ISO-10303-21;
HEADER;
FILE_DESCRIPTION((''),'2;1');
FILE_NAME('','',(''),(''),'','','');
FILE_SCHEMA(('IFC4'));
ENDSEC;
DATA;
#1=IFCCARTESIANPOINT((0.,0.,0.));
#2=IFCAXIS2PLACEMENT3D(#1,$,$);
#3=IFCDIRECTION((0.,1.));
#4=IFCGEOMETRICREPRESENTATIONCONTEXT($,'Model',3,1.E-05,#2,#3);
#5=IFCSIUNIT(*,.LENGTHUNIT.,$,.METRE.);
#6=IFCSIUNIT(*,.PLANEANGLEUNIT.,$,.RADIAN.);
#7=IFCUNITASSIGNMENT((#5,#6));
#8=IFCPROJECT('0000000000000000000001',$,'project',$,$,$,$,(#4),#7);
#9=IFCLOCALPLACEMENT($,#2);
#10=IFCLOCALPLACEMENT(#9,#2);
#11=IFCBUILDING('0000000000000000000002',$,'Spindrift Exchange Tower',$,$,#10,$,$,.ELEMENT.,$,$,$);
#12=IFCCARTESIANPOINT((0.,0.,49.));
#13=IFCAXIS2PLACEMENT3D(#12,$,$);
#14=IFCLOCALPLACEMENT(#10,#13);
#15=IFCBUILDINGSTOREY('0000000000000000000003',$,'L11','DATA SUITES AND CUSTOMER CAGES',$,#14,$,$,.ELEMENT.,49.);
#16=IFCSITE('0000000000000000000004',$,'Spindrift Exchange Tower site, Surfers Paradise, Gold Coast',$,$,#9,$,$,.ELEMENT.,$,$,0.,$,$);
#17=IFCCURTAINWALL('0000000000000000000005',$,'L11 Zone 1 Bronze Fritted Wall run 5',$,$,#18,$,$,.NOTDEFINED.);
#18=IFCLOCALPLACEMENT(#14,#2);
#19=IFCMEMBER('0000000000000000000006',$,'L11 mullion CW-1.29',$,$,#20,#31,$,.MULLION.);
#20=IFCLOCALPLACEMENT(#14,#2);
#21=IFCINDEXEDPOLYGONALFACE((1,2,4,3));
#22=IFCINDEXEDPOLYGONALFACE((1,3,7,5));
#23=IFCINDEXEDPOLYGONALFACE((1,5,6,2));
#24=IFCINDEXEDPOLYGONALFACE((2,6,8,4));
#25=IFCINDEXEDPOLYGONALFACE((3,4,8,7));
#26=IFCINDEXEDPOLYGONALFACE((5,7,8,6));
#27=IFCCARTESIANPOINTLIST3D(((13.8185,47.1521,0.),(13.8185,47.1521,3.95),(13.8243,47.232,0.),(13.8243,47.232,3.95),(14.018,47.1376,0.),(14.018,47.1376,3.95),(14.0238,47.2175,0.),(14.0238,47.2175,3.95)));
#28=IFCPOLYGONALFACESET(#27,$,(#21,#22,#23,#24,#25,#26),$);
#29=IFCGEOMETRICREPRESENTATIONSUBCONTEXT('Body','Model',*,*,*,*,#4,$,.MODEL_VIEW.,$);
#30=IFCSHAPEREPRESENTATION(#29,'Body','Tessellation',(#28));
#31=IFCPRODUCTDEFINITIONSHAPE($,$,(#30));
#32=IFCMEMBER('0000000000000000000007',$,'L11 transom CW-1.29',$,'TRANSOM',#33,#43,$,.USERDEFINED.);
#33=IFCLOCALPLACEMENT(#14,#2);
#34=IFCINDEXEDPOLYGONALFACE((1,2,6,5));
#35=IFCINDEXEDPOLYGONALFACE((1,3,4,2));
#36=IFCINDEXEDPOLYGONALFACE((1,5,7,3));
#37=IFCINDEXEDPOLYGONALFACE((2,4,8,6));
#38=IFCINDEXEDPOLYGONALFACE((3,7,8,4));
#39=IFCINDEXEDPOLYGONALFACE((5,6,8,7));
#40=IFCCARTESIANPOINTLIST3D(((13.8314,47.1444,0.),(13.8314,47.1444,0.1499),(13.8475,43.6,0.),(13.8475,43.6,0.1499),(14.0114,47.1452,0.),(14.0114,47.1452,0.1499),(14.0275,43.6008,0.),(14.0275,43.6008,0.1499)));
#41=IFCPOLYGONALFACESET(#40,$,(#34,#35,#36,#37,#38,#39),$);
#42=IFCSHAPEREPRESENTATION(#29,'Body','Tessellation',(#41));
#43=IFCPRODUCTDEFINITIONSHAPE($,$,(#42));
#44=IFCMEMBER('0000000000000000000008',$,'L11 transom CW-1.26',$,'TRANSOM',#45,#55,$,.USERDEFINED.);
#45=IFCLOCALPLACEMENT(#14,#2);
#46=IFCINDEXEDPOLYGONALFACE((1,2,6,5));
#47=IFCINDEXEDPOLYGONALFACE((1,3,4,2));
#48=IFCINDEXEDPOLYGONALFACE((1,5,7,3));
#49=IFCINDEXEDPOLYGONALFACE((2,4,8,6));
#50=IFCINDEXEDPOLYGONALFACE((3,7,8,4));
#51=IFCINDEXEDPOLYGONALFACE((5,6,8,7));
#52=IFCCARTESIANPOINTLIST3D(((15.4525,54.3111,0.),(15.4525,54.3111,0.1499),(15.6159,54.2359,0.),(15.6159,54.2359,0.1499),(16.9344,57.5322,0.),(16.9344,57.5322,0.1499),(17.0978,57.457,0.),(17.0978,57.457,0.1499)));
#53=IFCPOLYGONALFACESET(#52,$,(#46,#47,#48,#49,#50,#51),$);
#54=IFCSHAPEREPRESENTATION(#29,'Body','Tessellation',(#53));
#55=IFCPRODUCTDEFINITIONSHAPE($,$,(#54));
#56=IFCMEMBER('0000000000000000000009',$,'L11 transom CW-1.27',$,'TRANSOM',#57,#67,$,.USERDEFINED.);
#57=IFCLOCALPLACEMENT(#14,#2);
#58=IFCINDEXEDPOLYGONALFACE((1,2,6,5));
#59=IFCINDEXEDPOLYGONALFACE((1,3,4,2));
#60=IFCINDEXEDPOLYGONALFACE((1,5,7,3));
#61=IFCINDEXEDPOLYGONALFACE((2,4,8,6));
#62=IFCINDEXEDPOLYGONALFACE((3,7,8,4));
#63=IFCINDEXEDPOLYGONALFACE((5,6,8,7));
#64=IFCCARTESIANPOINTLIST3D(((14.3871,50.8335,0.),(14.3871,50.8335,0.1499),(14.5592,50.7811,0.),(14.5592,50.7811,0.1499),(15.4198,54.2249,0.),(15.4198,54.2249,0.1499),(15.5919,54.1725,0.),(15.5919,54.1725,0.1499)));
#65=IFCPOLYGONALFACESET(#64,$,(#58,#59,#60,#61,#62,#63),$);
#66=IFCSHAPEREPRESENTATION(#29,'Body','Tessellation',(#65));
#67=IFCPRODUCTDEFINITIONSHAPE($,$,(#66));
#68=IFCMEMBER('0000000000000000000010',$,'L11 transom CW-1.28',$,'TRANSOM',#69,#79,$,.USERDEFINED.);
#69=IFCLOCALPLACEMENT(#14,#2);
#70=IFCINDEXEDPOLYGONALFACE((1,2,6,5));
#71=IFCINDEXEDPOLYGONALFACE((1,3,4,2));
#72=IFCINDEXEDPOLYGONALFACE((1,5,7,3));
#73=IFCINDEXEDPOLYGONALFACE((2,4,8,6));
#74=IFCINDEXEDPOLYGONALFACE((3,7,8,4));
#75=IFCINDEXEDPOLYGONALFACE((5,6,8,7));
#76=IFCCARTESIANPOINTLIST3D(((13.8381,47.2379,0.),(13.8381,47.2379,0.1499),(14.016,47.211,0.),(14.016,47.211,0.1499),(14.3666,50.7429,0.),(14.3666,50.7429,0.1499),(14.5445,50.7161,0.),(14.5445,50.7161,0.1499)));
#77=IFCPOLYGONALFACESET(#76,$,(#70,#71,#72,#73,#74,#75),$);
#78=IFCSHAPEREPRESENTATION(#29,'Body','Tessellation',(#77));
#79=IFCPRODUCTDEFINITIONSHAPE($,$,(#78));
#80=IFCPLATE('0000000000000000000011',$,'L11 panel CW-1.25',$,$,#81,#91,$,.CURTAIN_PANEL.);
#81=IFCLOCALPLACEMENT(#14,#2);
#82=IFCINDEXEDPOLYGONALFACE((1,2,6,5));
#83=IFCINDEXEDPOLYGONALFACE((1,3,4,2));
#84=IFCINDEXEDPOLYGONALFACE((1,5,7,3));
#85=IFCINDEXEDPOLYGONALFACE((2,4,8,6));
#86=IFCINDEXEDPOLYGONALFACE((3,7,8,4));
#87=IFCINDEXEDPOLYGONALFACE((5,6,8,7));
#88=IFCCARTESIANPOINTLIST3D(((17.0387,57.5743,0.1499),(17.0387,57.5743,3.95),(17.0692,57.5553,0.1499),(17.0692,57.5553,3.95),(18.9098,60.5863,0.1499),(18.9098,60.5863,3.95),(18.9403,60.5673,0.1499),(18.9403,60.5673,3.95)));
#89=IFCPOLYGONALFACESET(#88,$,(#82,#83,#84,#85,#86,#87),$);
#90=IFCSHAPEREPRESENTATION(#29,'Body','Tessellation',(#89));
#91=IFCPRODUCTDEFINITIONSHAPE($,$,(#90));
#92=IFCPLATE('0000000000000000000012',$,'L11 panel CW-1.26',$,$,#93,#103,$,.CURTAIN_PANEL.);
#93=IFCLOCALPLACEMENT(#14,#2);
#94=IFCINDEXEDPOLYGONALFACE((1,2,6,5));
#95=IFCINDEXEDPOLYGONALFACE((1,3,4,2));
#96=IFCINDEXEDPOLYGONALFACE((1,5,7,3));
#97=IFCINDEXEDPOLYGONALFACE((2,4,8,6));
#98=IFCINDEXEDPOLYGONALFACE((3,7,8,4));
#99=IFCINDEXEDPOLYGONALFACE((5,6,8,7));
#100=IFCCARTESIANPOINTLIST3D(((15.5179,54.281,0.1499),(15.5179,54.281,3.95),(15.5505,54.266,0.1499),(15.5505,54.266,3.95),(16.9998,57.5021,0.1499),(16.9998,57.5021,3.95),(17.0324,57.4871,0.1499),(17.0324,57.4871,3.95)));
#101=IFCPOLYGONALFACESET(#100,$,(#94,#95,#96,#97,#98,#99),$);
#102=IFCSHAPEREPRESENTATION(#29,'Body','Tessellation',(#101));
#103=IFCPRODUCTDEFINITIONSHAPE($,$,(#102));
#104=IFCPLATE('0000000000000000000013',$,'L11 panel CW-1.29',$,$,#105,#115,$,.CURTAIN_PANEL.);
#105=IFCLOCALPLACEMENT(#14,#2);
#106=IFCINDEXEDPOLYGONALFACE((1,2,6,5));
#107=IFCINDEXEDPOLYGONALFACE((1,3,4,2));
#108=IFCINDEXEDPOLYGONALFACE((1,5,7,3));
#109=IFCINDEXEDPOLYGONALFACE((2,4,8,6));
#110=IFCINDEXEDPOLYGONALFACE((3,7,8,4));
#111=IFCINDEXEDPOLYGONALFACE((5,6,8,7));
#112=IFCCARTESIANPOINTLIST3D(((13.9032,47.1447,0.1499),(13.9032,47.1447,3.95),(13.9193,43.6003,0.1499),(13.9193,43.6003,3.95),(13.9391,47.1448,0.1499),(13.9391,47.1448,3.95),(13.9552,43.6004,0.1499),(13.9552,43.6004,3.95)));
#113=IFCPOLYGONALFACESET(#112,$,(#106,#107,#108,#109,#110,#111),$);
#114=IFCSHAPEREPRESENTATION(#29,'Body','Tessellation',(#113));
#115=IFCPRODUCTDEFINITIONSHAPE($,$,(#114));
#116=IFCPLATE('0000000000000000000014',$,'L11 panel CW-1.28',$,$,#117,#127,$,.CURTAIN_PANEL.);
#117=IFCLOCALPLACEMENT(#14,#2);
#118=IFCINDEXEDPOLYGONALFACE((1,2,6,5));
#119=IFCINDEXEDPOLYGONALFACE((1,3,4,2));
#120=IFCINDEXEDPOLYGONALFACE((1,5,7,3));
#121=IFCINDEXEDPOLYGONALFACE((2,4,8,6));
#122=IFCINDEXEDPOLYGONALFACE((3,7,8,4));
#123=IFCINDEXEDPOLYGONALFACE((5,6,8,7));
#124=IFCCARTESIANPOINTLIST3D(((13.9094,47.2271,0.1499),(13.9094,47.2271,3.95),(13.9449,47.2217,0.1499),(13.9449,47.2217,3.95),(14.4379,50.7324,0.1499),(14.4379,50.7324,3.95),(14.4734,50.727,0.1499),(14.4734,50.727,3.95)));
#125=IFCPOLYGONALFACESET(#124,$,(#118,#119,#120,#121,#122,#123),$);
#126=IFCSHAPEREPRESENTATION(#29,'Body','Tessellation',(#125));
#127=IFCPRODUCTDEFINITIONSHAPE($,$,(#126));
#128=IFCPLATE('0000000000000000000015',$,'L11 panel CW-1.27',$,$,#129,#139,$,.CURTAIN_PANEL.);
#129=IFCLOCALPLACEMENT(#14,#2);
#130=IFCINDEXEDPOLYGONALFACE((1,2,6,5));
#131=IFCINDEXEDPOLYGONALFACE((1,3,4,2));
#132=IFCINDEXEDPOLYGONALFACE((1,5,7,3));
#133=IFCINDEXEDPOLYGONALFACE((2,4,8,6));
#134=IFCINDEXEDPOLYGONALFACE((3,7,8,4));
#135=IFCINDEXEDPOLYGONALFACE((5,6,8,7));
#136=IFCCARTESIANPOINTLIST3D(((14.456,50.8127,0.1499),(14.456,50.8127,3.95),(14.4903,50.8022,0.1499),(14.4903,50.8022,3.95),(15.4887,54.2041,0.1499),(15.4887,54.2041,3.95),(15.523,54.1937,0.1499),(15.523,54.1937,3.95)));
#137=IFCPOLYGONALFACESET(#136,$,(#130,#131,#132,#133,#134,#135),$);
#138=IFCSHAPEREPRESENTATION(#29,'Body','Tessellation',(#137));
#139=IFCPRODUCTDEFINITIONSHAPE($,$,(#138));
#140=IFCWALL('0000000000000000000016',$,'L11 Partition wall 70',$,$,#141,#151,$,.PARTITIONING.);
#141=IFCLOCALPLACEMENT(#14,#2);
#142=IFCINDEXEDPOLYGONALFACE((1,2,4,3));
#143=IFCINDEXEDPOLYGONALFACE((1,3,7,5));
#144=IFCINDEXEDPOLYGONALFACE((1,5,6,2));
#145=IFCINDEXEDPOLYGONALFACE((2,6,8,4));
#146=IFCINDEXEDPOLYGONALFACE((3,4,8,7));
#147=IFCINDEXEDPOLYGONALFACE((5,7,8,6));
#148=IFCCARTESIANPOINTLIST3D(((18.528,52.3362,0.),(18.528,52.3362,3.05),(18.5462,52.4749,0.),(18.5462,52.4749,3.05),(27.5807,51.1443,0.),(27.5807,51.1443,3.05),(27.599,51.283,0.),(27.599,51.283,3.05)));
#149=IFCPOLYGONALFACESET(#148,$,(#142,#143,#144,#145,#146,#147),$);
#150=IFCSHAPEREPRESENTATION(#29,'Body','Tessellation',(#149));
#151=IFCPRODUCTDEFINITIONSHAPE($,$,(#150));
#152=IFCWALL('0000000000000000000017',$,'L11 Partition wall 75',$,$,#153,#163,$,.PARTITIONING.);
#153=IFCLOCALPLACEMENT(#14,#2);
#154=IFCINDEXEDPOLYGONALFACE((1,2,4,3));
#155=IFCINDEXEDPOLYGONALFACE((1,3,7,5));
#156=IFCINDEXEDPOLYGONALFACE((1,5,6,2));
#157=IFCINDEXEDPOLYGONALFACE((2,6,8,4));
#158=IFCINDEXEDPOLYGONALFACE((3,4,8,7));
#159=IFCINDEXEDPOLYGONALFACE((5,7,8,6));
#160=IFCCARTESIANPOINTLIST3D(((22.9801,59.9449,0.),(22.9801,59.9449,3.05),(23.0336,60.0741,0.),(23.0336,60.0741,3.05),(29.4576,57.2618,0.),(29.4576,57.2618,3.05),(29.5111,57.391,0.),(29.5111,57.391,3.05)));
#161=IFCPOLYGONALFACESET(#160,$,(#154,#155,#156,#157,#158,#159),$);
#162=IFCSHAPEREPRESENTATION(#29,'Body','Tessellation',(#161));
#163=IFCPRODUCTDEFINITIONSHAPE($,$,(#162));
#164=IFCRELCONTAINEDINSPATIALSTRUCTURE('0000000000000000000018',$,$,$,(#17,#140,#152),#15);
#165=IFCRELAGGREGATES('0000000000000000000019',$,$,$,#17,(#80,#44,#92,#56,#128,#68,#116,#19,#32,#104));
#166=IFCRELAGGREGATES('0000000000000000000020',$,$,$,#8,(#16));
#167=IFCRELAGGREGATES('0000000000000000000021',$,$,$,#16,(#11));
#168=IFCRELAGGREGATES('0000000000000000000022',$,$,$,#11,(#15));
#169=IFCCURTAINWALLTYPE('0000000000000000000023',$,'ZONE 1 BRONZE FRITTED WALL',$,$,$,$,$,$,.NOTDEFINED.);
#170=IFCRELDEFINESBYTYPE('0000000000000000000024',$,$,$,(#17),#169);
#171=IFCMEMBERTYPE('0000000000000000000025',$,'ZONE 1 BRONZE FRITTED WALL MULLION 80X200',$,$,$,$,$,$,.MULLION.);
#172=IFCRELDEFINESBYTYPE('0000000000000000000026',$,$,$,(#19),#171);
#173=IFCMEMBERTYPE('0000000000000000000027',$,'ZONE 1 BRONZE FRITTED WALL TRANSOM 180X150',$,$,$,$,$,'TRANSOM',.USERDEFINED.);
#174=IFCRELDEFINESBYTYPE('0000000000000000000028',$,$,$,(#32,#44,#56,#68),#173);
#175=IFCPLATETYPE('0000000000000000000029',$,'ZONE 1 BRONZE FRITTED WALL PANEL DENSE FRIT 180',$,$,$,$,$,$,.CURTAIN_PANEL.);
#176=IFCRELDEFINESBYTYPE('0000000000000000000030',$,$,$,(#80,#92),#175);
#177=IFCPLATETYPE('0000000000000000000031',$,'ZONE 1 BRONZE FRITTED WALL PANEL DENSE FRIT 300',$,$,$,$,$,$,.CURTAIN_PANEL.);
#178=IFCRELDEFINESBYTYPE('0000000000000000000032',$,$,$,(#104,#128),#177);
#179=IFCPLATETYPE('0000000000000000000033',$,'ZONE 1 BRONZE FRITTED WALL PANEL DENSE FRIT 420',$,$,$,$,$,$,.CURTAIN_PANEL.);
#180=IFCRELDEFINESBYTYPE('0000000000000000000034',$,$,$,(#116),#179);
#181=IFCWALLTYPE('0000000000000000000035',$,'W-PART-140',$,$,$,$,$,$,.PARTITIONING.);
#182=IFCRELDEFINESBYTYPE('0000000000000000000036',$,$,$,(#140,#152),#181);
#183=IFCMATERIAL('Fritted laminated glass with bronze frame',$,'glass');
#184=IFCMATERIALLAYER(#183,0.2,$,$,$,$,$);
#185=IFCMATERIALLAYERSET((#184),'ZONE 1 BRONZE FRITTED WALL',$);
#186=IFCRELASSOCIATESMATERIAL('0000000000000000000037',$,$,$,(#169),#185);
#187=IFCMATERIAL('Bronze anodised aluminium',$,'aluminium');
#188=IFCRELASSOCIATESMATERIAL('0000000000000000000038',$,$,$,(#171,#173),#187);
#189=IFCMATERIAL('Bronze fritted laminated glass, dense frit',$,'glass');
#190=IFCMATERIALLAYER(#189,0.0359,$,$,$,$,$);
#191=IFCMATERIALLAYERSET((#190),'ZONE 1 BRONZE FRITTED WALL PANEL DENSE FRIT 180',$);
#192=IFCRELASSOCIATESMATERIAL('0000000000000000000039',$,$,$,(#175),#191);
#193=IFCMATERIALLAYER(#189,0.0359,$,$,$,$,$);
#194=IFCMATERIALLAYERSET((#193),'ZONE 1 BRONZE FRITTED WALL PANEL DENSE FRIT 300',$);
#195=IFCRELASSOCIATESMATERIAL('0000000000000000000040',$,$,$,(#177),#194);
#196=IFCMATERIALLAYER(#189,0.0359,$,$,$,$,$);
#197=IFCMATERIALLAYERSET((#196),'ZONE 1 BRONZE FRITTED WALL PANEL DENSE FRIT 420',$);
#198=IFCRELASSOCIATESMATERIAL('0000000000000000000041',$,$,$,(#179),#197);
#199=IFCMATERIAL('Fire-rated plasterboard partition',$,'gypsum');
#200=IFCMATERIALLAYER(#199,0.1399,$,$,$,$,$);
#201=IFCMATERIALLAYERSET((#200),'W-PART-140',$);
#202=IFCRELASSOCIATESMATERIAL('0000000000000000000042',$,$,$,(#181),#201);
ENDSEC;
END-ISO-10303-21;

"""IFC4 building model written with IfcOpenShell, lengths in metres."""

from ifc_helpers import new_model, si_unit, direction, frame, frame_2d, origin, origin_2d, place, context, subcontext, project, spatial, rectangle, extrude, source, transform, mapped, material, layer, layer_set, material_profile, profile_set, type_object, element, aggregate, save


model = new_model("IFC4")

# Units and contexts
model_context = context("Model", 3, precision=1e-05, world=origin(), true_north=direction((0.0, 1.0)))
body_context = subcontext(model_context, "Body", "Model", "MODEL_VIEW")
ifc_project = project(units=[si_unit("LENGTHUNIT", "METRE"), si_unit("PLANEANGLEUNIT", "RADIAN")], contexts=[model_context])

# Site, building, storey
site_placement = place(None, origin())
site = spatial("IfcSite", under=ifc_project, at=site_placement, Name="Spindrift Exchange Tower site, Surfers Paradise, Gold Coast", CompositionType="ELEMENT", RefElevation=0.0)
building_placement = place(site_placement, origin())
building = spatial("IfcBuilding", under=site, at=building_placement, Name="Spindrift Exchange Tower", CompositionType="ELEMENT")
storey_placement = place(building_placement, frame((0.0, 0.0, 49.0)))
storey = spatial("IfcBuildingStorey", under=building, at=storey_placement, Name="L11", Description="DATA SUITES AND CUSTOMER CAGES", CompositionType="ELEMENT", Elevation=49.0)

# Curtain wall, members, plates
ifc_material_1 = material(Name="Fritted laminated glass with bronze frame", Category="glass")
ifc_layer_1 = layer(ifc_material_1, 0.2)
ifc_layer_set_1 = layer_set([ifc_layer_1], Name="ZONE 1 BRONZE FRITTED WALL")
curtain_wall_type = type_object("IfcCurtainWallType", Name="ZONE 1 BRONZE FRITTED WALL", PredefinedType="NOTDEFINED", material=ifc_layer_set_1)
curtain_wall_placement = place(storey_placement, origin())
curtain_wall = element("IfcCurtainWall", 1, at=curtain_wall_placement, inside=storey, type_object=curtain_wall_type, Name="L11 Zone 1 Bronze Fritted Wall run 5", PredefinedType="NOTDEFINED")
ifc_material_2 = material(Name="Bronze anodised aluminium", Category="aluminium")
ifc_material_profile_1 = material_profile(ifc_material_2, rectangle(XDim=0.0801, YDim=0.2, at=origin_2d()), Name="ZONE 1 BRONZE FRITTED WALL MULLION 80X200")
ifc_profile_set_1 = profile_set([ifc_material_profile_1], Name="Bronze anodised aluminium")
member_type_1 = type_object("IfcMemberType", Name="ZONE 1 BRONZE FRITTED WALL MULLION 80X200", PredefinedType="MULLION", material=ifc_profile_set_1)
shared_shape_1 = source(origin(), body_context, "Body", "SweptSolid", [
    extrude(rectangle(XDim=0.0801, YDim=0.2, at=origin_2d()), origin(), (0.0, 0.0, 1.0), 3.95),
])
member_1_placement = place(storey_placement, frame((13.9211, 47.1848, 0.0), z_axis=(0.0, 0.0, 1.0), x_axis=(-0.072481, -0.99737, 0.0)))
member_1 = element("IfcMember", 2, at=member_1_placement, type_object=member_type_1, Name="L11 mullion CW-1.29", PredefinedType="MULLION", context=body_context, shape_type="MappedRepresentation", body=[
    mapped(shared_shape_1, transform((0.0, 0.0, 0.0), scale=1.0)),
])
ifc_material_profile_2 = material_profile(ifc_material_2, rectangle(XDim=0.1799, YDim=0.1499, at=origin_2d()), Name="ZONE 1 BRONZE FRITTED WALL TRANSOM 180X150")
ifc_profile_set_2 = profile_set([ifc_material_profile_2], Name="Bronze anodised aluminium")
member_type_2 = type_object("IfcMemberType", Name="ZONE 1 BRONZE FRITTED WALL TRANSOM 180X150", ElementType="TRANSOM", PredefinedType="USERDEFINED", material=ifc_profile_set_2)
shared_shape_2 = source(origin(), body_context, "Body", "SweptSolid", [
    extrude(rectangle(XDim=0.1799, YDim=0.1499, at=origin_2d()), origin(), (0.0, 0.0, 1.0), 3.5444),
])
member_2_placement = place(storey_placement, frame((13.9214, 47.1448, 0.075), z_axis=(0.004546, -0.99999, 0.0), x_axis=(0.99999, 0.004546, 0.0)))
member_2 = element("IfcMember", 3, at=member_2_placement, type_object=member_type_2, Name="L11 transom CW-1.29", ObjectType="TRANSOM", PredefinedType="USERDEFINED", context=body_context, shape_type="MappedRepresentation", body=[
    mapped(shared_shape_2, transform((0.0, 0.0, 0.0), scale=1.0)),
])
shared_shape_3 = source(origin(), body_context, "Body", "SweptSolid", [
    extrude(rectangle(XDim=0.1799, YDim=0.1499, at=origin_2d()), origin(), (0.0, 0.0, 1.0), 3.5457),
])
member_3_placement = place(storey_placement, frame((17.0161, 57.4946, 0.075), z_axis=(-0.417949, -0.908471, 0.0), x_axis=(0.908471, -0.417949, 0.0)))
member_3 = element("IfcMember", 4, at=member_3_placement, type_object=member_type_2, Name="L11 transom CW-1.26", ObjectType="TRANSOM", PredefinedType="USERDEFINED", context=body_context, shape_type="MappedRepresentation", body=[
    mapped(shared_shape_3, transform((0.0, 0.0, 0.0), scale=1.0)),
])
shared_shape_4 = source(origin(), body_context, "Body", "SweptSolid", [
    extrude(rectangle(XDim=0.1799, YDim=0.1499, at=origin_2d()), origin(), (0.0, 0.0, 1.0), 3.5452),
])
member_4_placement = place(storey_placement, frame((15.5059, 54.1987, 0.075), z_axis=(-0.291307, -0.95663, 0.0), x_axis=(0.95663, -0.291307, 0.0)))
member_4 = element("IfcMember", 5, at=member_4_placement, type_object=member_type_2, Name="L11 transom CW-1.27", ObjectType="TRANSOM", PredefinedType="USERDEFINED", context=body_context, shape_type="MappedRepresentation", body=[
    mapped(shared_shape_4, transform((0.0, 0.0, 0.0), scale=1.0)),
])
shared_shape_5 = source(origin(), body_context, "Body", "SweptSolid", [
    extrude(rectangle(XDim=0.1799, YDim=0.1499, at=origin_2d()), origin(), (0.0, 0.0, 1.0), 3.5447),
])
member_5_placement = place(storey_placement, frame((14.4556, 50.7295, 0.075), z_axis=(-0.149112, -0.98882, 0.0), x_axis=(0.98882, -0.149112, 0.0)))
member_5 = element("IfcMember", 6, at=member_5_placement, type_object=member_type_2, Name="L11 transom CW-1.28", ObjectType="TRANSOM", PredefinedType="USERDEFINED", context=body_context, shape_type="MappedRepresentation", body=[
    mapped(shared_shape_5, transform((0.0, 0.0, 0.0), scale=1.0)),
])
ifc_material_3 = material(Name="Bronze fritted laminated glass, dense frit", Category="glass")
ifc_layer_2 = layer(ifc_material_3, 0.0359)
ifc_layer_set_2 = layer_set([ifc_layer_2], Name="ZONE 1 BRONZE FRITTED WALL PANEL DENSE FRIT 180")
plate_type_1 = type_object("IfcPlateType", Name="ZONE 1 BRONZE FRITTED WALL PANEL DENSE FRIT 180", PredefinedType="CURTAIN_PANEL", material=ifc_layer_set_2)
shared_shape_6 = source(origin(), body_context, "Body", "SweptSolid", [
    extrude(rectangle(XDim=3.5459, YDim=0.0359, at=origin_2d()), origin(), (0.0, 0.0, 1.0), 3.8),
])
plate_1_placement = place(storey_placement, frame((17.9895, 59.0708, 0.1499), z_axis=(0.0, 0.0, 1.0), x_axis=(-0.527684, -0.849441, 0.0)))
plate_1 = element("IfcPlate", 7, at=plate_1_placement, type_object=plate_type_1, Name="L11 panel CW-1.25", PredefinedType="CURTAIN_PANEL", context=body_context, shape_type="MappedRepresentation", body=[
    mapped(shared_shape_6, transform((0.0, 0.0, 0.0), scale=1.0)),
])
shared_shape_7 = source(origin(), body_context, "Body", "SweptSolid", [
    extrude(rectangle(XDim=3.5457, YDim=0.0359, at=origin_2d()), origin(), (0.0, 0.0, 1.0), 3.8),
])
plate_2_placement = place(storey_placement, frame((16.2751, 55.884, 0.1499), z_axis=(0.0, 0.0, 1.0), x_axis=(-0.41794, -0.908475, 0.0)))
plate_2 = element("IfcPlate", 8, at=plate_2_placement, type_object=plate_type_1, Name="L11 panel CW-1.26", PredefinedType="CURTAIN_PANEL", context=body_context, shape_type="MappedRepresentation", body=[
    mapped(shared_shape_7, transform((0.0, 0.0, 0.0), scale=1.0)),
])
ifc_layer_3 = layer(ifc_material_3, 0.0359)
ifc_layer_set_3 = layer_set([ifc_layer_3], Name="ZONE 1 BRONZE FRITTED WALL PANEL DENSE FRIT 300")
plate_type_2 = type_object("IfcPlateType", Name="ZONE 1 BRONZE FRITTED WALL PANEL DENSE FRIT 300", PredefinedType="CURTAIN_PANEL", material=ifc_layer_set_3)
shared_shape_8 = source(origin(), body_context, "Body", "SweptSolid", [
    extrude(rectangle(XDim=3.5444, YDim=0.0359, at=origin_2d()), origin(), (0.0, 0.0, 1.0), 3.8),
])
plate_3_placement = place(storey_placement, frame((13.9292, 45.3726, 0.1499), z_axis=(0.0, 0.0, 1.0), x_axis=(0.004552, -0.99999, 0.0)))
plate_3 = element("IfcPlate", 9, at=plate_3_placement, type_object=plate_type_2, Name="L11 panel CW-1.29", PredefinedType="CURTAIN_PANEL", context=body_context, shape_type="MappedRepresentation", body=[
    mapped(shared_shape_8, transform((0.0, 0.0, 0.0), scale=1.0)),
])
ifc_layer_4 = layer(ifc_material_3, 0.0359)
ifc_layer_set_4 = layer_set([ifc_layer_4], Name="ZONE 1 BRONZE FRITTED WALL PANEL DENSE FRIT 420")
plate_type_3 = type_object("IfcPlateType", Name="ZONE 1 BRONZE FRITTED WALL PANEL DENSE FRIT 420", PredefinedType="CURTAIN_PANEL", material=ifc_layer_set_4)
shared_shape_9 = source(origin(), body_context, "Body", "SweptSolid", [
    extrude(rectangle(XDim=3.5449, YDim=0.0359, at=origin_2d()), origin(), (0.0, 0.0, 1.0), 3.8),
])
plate_4_placement = place(storey_placement, frame((14.1914, 48.9771, 0.1499), z_axis=(0.0, 0.0, 1.0), x_axis=(-0.149083, -0.988825, 0.0)))
plate_4 = element("IfcPlate", 10, at=plate_4_placement, type_object=plate_type_3, Name="L11 panel CW-1.28", PredefinedType="CURTAIN_PANEL", context=body_context, shape_type="MappedRepresentation", body=[
    mapped(shared_shape_9, transform((0.0, 0.0, 0.0), scale=1.0)),
])
shared_shape_10 = source(origin(), body_context, "Body", "SweptSolid", [
    extrude(rectangle(XDim=3.5452, YDim=0.0359, at=origin_2d()), origin(), (0.0, 0.0, 1.0), 3.8),
])
plate_5_placement = place(storey_placement, frame((14.9895, 52.5032, 0.1499), z_axis=(0.0, 0.0, 1.0), x_axis=(-0.291293, -0.956634, 0.0)))
plate_5 = element("IfcPlate", 11, at=plate_5_placement, type_object=plate_type_2, Name="L11 panel CW-1.27", PredefinedType="CURTAIN_PANEL", context=body_context, shape_type="MappedRepresentation", body=[
    mapped(shared_shape_10, transform((0.0, 0.0, 0.0), scale=1.0)),
])
aggregate(curtain_wall, [plate_1, member_3, plate_2, member_4, plate_5, member_5, plate_4, member_1, member_2, plate_3])

# Walls
ifc_material_4 = material(Name="Fire-rated plasterboard partition", Category="gypsum")
ifc_layer_5 = layer(ifc_material_4, 0.1399)
ifc_layer_set_5 = layer_set([ifc_layer_5], Name="W-PART-140")
wall_type = type_object("IfcWallType", Name="W-PART-140", PredefinedType="PARTITIONING", material=ifc_layer_set_5)
wall_1_placement = place(storey_placement, frame((27.5898, 51.2136, 0.0), z_axis=(0.0, 0.0, 1.0), x_axis=(-0.991444, 0.130535, 0.0)))
element("IfcWall", 12, at=wall_1_placement, inside=storey, type_object=wall_type, Name="L11 Partition wall 70", PredefinedType="PARTITIONING", context=body_context, shape_type="SweptSolid", body=[
    extrude(rectangle(XDim=9.1309, YDim=0.1399, at=frame_2d((4.5654, 0.0))), origin(), (0.0, 0.0, 1.0), 3.05),
])
wall_2_placement = place(storey_placement, frame((29.4844, 57.3264, 0.0), z_axis=(0.0, 0.0, 1.0), x_axis=(-0.923878, 0.382686, 0.0)))
element("IfcWall", 13, at=wall_2_placement, inside=storey, type_object=wall_type, Name="L11 Partition wall 75", PredefinedType="PARTITIONING", context=body_context, shape_type="SweptSolid", body=[
    extrude(rectangle(XDim=7.0112, YDim=0.1399, at=frame_2d((3.5056, 0.0))), origin(), (0.0, 0.0, 1.0), 3.05),
])

save(model, "model.ifc")
